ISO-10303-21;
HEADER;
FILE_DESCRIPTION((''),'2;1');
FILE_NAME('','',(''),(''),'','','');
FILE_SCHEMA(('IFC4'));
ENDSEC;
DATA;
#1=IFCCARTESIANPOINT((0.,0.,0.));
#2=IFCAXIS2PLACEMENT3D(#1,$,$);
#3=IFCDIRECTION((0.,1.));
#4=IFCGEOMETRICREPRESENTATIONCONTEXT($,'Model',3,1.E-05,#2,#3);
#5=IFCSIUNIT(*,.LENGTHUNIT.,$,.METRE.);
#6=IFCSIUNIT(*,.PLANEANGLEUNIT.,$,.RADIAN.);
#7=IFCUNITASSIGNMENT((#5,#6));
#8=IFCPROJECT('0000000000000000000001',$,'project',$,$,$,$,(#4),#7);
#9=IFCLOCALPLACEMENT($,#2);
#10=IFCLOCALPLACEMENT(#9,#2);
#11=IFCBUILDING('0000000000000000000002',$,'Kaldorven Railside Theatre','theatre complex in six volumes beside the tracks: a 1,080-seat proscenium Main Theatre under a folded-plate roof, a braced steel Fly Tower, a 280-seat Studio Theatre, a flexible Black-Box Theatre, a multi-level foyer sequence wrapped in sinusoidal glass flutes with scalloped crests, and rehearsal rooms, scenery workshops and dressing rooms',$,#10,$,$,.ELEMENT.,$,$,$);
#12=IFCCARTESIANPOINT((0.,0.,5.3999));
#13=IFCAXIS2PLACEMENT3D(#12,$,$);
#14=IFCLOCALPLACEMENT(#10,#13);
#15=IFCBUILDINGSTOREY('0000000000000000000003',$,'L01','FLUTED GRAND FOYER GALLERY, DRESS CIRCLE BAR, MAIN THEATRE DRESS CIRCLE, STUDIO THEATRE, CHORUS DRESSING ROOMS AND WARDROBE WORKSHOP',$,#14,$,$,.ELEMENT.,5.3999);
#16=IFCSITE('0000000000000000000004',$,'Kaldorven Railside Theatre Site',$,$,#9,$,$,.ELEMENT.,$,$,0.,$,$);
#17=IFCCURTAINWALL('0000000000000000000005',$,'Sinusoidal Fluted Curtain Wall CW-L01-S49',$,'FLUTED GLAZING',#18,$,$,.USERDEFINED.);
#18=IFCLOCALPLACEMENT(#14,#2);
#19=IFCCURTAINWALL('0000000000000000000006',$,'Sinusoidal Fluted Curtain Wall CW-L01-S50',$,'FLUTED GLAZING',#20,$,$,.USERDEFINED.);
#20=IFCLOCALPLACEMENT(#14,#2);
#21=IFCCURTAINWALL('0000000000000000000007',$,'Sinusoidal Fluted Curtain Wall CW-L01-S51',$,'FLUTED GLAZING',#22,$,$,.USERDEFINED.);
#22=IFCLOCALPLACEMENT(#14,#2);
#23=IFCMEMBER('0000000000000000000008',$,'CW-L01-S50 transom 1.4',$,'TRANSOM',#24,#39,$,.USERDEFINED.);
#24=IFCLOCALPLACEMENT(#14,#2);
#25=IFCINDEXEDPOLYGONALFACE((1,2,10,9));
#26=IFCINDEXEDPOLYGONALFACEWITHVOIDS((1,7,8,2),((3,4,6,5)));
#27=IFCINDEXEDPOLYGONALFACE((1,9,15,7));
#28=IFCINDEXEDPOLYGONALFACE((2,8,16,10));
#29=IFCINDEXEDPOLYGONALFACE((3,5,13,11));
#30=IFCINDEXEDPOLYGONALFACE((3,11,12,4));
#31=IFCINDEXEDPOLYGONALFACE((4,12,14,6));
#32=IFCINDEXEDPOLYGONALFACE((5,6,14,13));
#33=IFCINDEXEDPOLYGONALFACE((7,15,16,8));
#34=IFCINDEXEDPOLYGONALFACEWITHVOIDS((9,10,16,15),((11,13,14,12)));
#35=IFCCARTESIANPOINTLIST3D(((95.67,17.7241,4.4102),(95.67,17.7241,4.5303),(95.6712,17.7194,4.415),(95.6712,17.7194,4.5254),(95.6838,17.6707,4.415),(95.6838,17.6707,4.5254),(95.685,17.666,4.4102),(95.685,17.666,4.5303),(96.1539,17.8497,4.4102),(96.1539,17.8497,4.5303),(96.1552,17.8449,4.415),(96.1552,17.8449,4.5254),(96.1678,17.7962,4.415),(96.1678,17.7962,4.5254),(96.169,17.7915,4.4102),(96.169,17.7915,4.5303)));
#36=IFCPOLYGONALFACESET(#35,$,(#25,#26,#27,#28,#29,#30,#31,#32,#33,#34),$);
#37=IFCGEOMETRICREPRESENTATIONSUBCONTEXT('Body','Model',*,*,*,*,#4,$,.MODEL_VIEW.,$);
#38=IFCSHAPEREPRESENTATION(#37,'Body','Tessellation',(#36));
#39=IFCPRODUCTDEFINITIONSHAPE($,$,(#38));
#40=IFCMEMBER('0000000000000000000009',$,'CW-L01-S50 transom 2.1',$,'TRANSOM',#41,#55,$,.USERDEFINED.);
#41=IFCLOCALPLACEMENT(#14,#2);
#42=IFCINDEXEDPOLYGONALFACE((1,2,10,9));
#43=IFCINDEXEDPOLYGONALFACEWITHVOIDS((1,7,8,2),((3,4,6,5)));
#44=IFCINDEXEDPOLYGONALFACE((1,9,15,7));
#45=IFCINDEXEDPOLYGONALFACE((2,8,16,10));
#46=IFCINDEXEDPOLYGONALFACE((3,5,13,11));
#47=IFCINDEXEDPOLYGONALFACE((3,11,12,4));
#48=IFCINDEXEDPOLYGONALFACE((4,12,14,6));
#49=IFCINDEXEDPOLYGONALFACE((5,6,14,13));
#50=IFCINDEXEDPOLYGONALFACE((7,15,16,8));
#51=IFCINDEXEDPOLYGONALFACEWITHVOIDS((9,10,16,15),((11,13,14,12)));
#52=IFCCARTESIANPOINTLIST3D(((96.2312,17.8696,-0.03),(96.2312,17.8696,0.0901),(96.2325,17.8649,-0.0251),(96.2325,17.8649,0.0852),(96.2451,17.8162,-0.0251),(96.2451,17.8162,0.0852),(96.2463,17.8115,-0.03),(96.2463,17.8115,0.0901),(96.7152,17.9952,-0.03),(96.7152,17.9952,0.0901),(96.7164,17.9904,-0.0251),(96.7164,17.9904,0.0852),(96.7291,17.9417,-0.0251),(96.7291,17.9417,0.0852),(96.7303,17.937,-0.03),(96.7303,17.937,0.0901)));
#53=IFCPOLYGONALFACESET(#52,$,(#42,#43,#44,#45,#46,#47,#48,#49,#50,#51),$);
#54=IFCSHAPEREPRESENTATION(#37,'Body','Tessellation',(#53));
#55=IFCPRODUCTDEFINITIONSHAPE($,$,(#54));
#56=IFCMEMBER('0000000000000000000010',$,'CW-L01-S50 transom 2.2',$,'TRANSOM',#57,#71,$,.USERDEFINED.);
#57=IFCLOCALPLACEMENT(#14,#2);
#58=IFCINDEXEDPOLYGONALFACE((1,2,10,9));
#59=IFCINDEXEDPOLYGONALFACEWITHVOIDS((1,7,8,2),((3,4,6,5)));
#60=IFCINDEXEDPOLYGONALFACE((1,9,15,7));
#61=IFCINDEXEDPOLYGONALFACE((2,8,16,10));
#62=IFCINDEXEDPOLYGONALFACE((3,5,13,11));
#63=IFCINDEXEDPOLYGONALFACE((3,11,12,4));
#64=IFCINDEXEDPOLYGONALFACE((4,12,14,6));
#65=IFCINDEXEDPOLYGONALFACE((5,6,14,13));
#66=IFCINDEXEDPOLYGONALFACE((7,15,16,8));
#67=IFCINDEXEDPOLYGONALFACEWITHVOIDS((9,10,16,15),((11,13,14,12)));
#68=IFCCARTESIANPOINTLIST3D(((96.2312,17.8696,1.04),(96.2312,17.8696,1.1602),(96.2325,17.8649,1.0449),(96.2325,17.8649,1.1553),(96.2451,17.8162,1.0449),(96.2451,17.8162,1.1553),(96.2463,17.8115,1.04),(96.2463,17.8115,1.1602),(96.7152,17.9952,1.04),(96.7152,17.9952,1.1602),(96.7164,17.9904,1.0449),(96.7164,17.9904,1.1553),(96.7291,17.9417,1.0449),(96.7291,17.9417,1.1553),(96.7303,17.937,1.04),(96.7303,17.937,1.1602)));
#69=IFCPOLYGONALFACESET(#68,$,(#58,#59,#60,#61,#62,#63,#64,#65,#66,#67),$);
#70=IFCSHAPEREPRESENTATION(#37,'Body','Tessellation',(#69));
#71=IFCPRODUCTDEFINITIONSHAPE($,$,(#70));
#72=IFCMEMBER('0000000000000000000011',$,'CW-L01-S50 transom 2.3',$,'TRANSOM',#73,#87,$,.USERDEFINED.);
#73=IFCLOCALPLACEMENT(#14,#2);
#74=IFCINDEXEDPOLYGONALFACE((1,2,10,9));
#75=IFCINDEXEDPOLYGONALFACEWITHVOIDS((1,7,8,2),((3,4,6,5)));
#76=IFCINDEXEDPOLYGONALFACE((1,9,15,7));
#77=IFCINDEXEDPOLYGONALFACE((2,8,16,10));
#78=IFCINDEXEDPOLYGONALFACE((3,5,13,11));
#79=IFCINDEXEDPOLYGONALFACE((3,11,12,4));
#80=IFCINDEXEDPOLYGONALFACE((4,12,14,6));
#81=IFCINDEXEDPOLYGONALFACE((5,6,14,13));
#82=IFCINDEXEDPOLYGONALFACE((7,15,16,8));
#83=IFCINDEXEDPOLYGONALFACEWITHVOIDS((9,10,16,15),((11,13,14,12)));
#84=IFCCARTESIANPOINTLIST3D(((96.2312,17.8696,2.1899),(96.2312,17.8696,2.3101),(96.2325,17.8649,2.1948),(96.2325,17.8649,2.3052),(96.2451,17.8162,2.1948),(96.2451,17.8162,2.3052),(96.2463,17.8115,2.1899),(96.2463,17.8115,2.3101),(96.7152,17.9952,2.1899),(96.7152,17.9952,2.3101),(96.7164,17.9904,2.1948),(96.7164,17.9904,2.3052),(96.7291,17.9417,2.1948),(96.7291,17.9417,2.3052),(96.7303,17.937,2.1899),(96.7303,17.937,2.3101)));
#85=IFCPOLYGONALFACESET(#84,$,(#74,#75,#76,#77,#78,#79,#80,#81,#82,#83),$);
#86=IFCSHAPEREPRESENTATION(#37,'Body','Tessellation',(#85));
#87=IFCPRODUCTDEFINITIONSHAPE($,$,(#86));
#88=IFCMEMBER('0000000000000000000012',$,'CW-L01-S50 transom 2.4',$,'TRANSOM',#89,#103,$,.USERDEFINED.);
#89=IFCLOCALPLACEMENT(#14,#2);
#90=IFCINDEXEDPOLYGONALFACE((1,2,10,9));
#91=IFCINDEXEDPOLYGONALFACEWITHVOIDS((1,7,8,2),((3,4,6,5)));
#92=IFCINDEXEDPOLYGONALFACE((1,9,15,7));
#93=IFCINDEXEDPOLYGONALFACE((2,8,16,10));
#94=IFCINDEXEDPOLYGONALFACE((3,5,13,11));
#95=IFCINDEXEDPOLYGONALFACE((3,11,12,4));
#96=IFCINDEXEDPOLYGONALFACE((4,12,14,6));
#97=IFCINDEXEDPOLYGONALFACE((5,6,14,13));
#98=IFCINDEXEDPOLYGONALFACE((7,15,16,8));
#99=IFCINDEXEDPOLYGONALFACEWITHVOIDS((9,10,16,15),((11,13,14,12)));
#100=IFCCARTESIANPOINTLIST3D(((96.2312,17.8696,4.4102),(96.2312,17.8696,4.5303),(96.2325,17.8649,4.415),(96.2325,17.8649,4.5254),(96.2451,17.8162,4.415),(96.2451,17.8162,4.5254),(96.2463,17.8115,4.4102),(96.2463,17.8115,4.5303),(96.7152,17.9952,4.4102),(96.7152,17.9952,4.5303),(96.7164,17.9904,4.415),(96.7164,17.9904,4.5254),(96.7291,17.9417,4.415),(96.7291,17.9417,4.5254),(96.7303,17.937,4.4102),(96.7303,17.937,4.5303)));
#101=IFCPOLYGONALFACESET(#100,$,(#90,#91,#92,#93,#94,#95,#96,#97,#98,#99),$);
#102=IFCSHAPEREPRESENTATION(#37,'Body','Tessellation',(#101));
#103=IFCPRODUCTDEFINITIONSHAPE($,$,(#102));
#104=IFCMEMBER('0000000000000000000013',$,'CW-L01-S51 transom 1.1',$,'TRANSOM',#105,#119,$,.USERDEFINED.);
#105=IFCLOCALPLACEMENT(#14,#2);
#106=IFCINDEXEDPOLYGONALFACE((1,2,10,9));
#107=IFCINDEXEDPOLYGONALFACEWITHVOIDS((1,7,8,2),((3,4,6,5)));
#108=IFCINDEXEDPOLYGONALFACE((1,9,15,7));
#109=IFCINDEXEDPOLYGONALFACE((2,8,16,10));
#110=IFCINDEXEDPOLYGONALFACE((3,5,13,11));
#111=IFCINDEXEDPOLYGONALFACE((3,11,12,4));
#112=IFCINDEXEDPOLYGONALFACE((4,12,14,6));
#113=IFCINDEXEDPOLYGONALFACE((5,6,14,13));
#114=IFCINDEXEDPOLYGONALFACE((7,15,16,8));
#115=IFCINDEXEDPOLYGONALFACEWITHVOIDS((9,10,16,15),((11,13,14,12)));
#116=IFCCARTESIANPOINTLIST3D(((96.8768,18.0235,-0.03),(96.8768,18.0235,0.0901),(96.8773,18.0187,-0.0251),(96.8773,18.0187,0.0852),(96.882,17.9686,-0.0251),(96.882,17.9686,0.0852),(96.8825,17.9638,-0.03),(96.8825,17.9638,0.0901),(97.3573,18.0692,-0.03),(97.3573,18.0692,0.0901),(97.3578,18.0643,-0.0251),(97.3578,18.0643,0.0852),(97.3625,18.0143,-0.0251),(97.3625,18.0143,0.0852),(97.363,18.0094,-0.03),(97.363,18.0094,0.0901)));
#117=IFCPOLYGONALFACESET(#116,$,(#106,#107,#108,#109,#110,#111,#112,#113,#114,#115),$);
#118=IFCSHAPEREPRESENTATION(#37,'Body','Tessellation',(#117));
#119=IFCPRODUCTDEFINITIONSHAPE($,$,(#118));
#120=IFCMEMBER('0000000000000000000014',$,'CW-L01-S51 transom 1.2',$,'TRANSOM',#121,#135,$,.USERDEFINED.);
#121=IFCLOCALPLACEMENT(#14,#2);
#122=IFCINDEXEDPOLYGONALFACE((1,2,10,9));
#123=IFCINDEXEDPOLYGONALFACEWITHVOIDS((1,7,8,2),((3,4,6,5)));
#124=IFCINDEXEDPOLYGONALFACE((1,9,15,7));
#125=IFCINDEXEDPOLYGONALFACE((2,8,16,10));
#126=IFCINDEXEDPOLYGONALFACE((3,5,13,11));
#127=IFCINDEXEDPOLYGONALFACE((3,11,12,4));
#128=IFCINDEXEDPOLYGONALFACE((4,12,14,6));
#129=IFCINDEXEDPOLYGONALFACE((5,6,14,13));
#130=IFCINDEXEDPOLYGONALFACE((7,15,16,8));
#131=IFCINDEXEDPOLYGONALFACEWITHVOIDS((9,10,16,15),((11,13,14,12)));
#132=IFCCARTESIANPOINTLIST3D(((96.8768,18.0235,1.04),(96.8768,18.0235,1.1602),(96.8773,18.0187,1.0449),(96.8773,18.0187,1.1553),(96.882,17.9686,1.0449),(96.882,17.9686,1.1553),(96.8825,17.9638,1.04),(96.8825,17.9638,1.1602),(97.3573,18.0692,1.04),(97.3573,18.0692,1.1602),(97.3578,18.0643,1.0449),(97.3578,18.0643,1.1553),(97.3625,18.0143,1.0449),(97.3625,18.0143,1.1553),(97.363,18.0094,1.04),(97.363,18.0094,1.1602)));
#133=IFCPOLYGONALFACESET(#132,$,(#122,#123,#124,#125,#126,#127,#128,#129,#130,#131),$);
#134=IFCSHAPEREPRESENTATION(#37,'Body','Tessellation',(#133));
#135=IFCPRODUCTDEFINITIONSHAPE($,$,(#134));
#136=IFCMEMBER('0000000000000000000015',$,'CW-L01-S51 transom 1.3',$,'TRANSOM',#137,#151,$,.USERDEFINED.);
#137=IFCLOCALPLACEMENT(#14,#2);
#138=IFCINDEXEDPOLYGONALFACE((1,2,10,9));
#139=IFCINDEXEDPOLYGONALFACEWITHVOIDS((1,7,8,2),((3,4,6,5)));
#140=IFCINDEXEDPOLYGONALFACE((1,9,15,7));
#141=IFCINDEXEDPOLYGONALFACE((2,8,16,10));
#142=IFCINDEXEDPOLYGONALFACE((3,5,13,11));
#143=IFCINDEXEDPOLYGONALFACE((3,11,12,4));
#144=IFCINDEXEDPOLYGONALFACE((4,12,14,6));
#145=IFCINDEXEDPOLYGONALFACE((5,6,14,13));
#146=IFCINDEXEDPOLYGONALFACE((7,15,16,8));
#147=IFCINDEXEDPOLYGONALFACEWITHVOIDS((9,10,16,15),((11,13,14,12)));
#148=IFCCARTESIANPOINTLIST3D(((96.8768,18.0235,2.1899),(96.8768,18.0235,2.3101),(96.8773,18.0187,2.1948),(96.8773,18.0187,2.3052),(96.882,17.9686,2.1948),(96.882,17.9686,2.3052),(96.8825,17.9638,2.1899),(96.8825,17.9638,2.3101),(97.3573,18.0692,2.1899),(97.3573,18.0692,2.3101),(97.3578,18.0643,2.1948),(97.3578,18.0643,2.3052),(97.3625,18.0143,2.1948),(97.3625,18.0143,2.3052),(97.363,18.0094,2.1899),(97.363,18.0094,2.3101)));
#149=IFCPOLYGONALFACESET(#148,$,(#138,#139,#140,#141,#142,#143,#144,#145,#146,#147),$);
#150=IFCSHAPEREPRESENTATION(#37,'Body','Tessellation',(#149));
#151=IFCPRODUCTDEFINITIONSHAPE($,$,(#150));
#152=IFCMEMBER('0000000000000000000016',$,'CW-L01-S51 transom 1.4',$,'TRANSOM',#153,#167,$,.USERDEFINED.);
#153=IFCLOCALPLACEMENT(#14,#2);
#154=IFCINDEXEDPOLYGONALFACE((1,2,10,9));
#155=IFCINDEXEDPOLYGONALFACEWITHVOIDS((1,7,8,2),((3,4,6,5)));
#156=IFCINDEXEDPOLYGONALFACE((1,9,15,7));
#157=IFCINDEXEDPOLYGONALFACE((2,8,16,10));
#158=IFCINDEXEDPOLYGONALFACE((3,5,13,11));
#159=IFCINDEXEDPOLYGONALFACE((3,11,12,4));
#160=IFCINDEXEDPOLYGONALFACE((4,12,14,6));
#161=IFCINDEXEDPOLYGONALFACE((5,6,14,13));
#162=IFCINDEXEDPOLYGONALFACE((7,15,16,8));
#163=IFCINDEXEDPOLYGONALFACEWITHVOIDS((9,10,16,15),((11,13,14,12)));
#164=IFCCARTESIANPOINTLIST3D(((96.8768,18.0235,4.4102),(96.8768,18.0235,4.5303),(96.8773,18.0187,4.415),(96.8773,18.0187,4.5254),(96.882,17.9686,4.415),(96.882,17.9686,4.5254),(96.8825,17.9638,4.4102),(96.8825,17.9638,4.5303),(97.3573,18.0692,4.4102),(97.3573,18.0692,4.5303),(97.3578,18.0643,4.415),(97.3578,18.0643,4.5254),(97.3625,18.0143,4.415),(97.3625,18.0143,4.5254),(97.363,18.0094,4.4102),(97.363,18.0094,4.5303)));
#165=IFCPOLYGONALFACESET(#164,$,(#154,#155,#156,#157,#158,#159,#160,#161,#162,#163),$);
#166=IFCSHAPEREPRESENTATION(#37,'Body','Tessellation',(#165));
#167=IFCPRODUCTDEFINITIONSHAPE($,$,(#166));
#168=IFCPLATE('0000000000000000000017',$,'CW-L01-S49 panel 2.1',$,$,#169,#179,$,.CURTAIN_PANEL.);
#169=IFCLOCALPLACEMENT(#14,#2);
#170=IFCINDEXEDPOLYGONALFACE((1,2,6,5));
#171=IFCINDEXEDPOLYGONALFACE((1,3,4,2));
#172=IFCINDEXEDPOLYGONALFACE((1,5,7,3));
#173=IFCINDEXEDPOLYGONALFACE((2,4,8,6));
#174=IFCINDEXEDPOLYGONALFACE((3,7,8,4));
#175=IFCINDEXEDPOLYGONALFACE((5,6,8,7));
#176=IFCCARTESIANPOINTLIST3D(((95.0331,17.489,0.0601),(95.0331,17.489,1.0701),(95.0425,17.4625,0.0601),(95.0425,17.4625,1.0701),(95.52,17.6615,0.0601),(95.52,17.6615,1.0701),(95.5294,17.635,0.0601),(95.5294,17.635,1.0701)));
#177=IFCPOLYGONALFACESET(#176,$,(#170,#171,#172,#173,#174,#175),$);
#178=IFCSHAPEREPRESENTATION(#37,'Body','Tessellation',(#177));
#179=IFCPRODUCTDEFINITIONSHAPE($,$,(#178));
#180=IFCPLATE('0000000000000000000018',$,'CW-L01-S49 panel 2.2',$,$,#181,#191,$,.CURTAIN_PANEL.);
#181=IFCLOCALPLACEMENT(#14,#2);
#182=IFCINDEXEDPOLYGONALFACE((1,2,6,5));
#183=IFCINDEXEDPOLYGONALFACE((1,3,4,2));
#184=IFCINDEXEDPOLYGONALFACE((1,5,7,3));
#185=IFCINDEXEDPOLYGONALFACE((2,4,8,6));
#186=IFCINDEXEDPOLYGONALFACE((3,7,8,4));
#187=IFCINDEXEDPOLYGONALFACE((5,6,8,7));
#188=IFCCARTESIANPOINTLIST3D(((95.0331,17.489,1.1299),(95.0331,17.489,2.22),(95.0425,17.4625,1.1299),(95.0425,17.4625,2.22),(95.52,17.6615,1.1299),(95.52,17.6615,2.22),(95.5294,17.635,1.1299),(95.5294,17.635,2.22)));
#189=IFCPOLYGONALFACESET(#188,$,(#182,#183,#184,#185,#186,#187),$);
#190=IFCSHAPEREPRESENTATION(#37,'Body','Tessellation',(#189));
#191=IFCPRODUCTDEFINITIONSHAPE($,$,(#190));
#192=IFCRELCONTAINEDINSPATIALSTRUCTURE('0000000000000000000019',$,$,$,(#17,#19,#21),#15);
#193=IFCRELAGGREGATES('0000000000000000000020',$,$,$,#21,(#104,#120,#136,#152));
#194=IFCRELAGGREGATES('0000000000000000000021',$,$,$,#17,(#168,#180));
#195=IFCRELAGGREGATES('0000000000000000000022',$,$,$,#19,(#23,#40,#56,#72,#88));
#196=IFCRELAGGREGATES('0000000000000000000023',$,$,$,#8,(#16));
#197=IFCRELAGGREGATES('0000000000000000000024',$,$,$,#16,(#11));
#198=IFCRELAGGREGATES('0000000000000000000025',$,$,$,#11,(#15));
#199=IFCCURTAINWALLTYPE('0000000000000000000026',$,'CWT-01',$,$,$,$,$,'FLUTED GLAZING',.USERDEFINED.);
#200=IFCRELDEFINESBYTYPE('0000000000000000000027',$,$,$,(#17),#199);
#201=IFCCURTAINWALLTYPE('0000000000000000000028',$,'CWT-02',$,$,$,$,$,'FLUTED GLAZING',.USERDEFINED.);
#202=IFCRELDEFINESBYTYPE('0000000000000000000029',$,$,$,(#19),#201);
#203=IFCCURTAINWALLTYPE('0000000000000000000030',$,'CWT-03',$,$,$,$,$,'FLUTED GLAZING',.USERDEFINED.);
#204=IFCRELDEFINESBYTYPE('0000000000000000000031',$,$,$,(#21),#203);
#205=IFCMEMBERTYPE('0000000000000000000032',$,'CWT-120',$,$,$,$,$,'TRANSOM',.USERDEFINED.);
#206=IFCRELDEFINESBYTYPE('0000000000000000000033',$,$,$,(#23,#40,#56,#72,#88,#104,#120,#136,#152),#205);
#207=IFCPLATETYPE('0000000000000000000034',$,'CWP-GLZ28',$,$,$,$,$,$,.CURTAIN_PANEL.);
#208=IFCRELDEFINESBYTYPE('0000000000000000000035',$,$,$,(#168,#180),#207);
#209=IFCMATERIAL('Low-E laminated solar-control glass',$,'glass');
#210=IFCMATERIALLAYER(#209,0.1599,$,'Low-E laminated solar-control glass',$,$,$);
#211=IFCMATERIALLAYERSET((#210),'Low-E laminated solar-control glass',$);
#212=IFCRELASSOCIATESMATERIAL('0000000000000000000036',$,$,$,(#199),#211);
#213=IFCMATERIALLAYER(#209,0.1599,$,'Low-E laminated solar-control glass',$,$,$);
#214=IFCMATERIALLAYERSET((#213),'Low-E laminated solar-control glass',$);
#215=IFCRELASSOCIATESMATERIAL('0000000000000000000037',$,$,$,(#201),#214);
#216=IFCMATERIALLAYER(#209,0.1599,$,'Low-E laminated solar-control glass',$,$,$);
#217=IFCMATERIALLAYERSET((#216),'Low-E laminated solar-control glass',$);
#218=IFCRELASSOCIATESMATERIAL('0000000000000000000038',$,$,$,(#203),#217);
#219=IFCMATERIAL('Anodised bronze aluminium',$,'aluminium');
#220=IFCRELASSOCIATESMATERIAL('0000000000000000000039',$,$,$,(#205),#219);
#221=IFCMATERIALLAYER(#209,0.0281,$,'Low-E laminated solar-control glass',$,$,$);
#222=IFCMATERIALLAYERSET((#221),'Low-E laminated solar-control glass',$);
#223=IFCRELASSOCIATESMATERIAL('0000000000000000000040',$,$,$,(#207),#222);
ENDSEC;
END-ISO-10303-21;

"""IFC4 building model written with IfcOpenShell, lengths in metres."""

from ifc_helpers import new_model, si_unit, direction, frame, origin, origin_2d, place, context, subcontext, project, spatial, rectangle, hollow_rectangle, extrude, material, layer, layer_set, material_profile, profile_set, type_object, element, aggregate, save


model = new_model("IFC4")

# Units and contexts
model_context = context("Model", 3, precision=1e-05, world=origin(), true_north=direction((0.0, 1.0)))
body_context = subcontext(model_context, "Body", "Model", "MODEL_VIEW")
ifc_project = project(units=[si_unit("LENGTHUNIT", "METRE"), si_unit("PLANEANGLEUNIT", "RADIAN")], contexts=[model_context])

# Site, building, storey
site_placement = place(None, origin())
site = spatial("IfcSite", under=ifc_project, at=site_placement, Name="Kaldorven Railside Theatre Site", CompositionType="ELEMENT", RefElevation=0.0)
building_placement = place(site_placement, origin())
building = spatial("IfcBuilding", under=site, at=building_placement, Name="Kaldorven Railside Theatre", Description="theatre complex in six volumes beside the tracks: a 1,080-seat proscenium Main Theatre under a folded-plate roof, a braced steel Fly Tower, a 280-seat Studio Theatre, a flexible Black-Box Theatre, a multi-level foyer sequence wrapped in sinusoidal glass flutes with scalloped crests, and rehearsal rooms, scenery workshops and dressing rooms", CompositionType="ELEMENT")
storey_placement = place(building_placement, frame((0.0, 0.0, 5.3999)))
storey = spatial("IfcBuildingStorey", under=building, at=storey_placement, Name="L01", Description="FLUTED GRAND FOYER GALLERY, DRESS CIRCLE BAR, MAIN THEATRE DRESS CIRCLE, STUDIO THEATRE, CHORUS DRESSING ROOMS AND WARDROBE WORKSHOP", CompositionType="ELEMENT", Elevation=5.3999)

# Curtain wall
ifc_material_1 = material(Name="Low-E laminated solar-control glass", Category="glass")
ifc_layer_1 = layer(ifc_material_1, 0.1599, Name="Low-E laminated solar-control glass")
ifc_layer_set_1 = layer_set([ifc_layer_1], Name="Low-E laminated solar-control glass")
curtain_wall_type_1 = type_object("IfcCurtainWallType", Name="CWT-01", ElementType="FLUTED GLAZING", PredefinedType="USERDEFINED", material=ifc_layer_set_1)
curtain_wall_1_placement = place(storey_placement, origin())
curtain_wall_1 = element("IfcCurtainWall", 1, at=curtain_wall_1_placement, inside=storey, type_object=curtain_wall_type_1, Name="Sinusoidal Fluted Curtain Wall CW-L01-S49", ObjectType="FLUTED GLAZING", PredefinedType="USERDEFINED")
ifc_material_2 = material(Name="Anodised bronze aluminium", Category="aluminium")

# Curtain wall
ifc_layer_2 = layer(ifc_material_1, 0.1599, Name="Low-E laminated solar-control glass")
ifc_layer_set_2 = layer_set([ifc_layer_2], Name="Low-E laminated solar-control glass")
curtain_wall_type_2 = type_object("IfcCurtainWallType", Name="CWT-02", ElementType="FLUTED GLAZING", PredefinedType="USERDEFINED", material=ifc_layer_set_2)
curtain_wall_2_placement = place(storey_placement, origin())
curtain_wall_2 = element("IfcCurtainWall", 2, at=curtain_wall_2_placement, inside=storey, type_object=curtain_wall_type_2, Name="Sinusoidal Fluted Curtain Wall CW-L01-S50", ObjectType="FLUTED GLAZING", PredefinedType="USERDEFINED")

# Curtain wall
ifc_layer_3 = layer(ifc_material_1, 0.1599, Name="Low-E laminated solar-control glass")
ifc_layer_set_3 = layer_set([ifc_layer_3], Name="Low-E laminated solar-control glass")
curtain_wall_type_3 = type_object("IfcCurtainWallType", Name="CWT-03", ElementType="FLUTED GLAZING", PredefinedType="USERDEFINED", material=ifc_layer_set_3)
curtain_wall_3_placement = place(storey_placement, origin())
curtain_wall_3 = element("IfcCurtainWall", 3, at=curtain_wall_3_placement, inside=storey, type_object=curtain_wall_type_3, Name="Sinusoidal Fluted Curtain Wall CW-L01-S51", ObjectType="FLUTED GLAZING", PredefinedType="USERDEFINED")

# Members
ifc_material_profile_1 = material_profile(ifc_material_2, hollow_rectangle(XDim=0.0601, YDim=0.1201, WallThickness=0.0049, at=origin_2d()), Name="RHS 120x60x5")
ifc_profile_set_1 = profile_set([ifc_material_profile_1], Name="Anodised bronze aluminium")
member_type_1 = type_object("IfcMemberType", Name="CWT-120", ElementType="TRANSOM", PredefinedType="USERDEFINED", material=ifc_profile_set_1)
member_1_placement = place(storey_placement, frame((95.6775, 17.6951, 4.4702), z_axis=(0.967979, 0.25103, 0.0), x_axis=(-0.25103, 0.967979, 0.0)))
member_1 = element("IfcMember", 4, at=member_1_placement, type_object=member_type_1, Name="CW-L01-S50 transom 1.4", ObjectType="TRANSOM", PredefinedType="USERDEFINED", context=body_context, shape_type="SweptSolid", body=[
    extrude(hollow_rectangle(XDim=0.0601, YDim=0.1201, WallThickness=0.0049, at=origin_2d()), origin(), (0.0, 0.0, 1.0), 0.5),
])
member_2_placement = place(storey_placement, frame((96.2388, 17.8406, 0.03), z_axis=(0.967979, 0.25103, 0.0), x_axis=(-0.25103, 0.967979, 0.0)))
member_2 = element("IfcMember", 5, at=member_2_placement, type_object=member_type_1, Name="CW-L01-S50 transom 2.1", ObjectType="TRANSOM", PredefinedType="USERDEFINED", context=body_context, shape_type="SweptSolid", body=[
    extrude(hollow_rectangle(XDim=0.0601, YDim=0.1201, WallThickness=0.0049, at=origin_2d()), origin(), (0.0, 0.0, 1.0), 0.5),
])
member_3_placement = place(storey_placement, frame((96.2388, 17.8406, 1.1001), z_axis=(0.967979, 0.25103, 0.0), x_axis=(-0.25103, 0.967979, 0.0)))
member_3 = element("IfcMember", 6, at=member_3_placement, type_object=member_type_1, Name="CW-L01-S50 transom 2.2", ObjectType="TRANSOM", PredefinedType="USERDEFINED", context=body_context, shape_type="SweptSolid", body=[
    extrude(hollow_rectangle(XDim=0.0601, YDim=0.1201, WallThickness=0.0049, at=origin_2d()), origin(), (0.0, 0.0, 1.0), 0.5),
])
member_4_placement = place(storey_placement, frame((96.2388, 17.8406, 2.25), z_axis=(0.967979, 0.25103, 0.0), x_axis=(-0.25103, 0.967979, 0.0)))
member_4 = element("IfcMember", 7, at=member_4_placement, type_object=member_type_1, Name="CW-L01-S50 transom 2.3", ObjectType="TRANSOM", PredefinedType="USERDEFINED", context=body_context, shape_type="SweptSolid", body=[
    extrude(hollow_rectangle(XDim=0.0601, YDim=0.1201, WallThickness=0.0049, at=origin_2d()), origin(), (0.0, 0.0, 1.0), 0.5),
])
member_5_placement = place(storey_placement, frame((96.2388, 17.8406, 4.4702), z_axis=(0.967979, 0.25103, 0.0), x_axis=(-0.25103, 0.967979, 0.0)))
member_5 = element("IfcMember", 8, at=member_5_placement, type_object=member_type_1, Name="CW-L01-S50 transom 2.4", ObjectType="TRANSOM", PredefinedType="USERDEFINED", context=body_context, shape_type="SweptSolid", body=[
    extrude(hollow_rectangle(XDim=0.0601, YDim=0.1201, WallThickness=0.0049, at=origin_2d()), origin(), (0.0, 0.0, 1.0), 0.5),
])
member_6_placement = place(storey_placement, frame((96.8796, 17.9937, 0.03), z_axis=(0.995516, 0.094594, 0.0), x_axis=(-0.094594, 0.995516, 0.0)))
member_6 = element("IfcMember", 9, at=member_6_placement, type_object=member_type_1, Name="CW-L01-S51 transom 1.1", ObjectType="TRANSOM", PredefinedType="USERDEFINED", context=body_context, shape_type="SweptSolid", body=[
    extrude(hollow_rectangle(XDim=0.0601, YDim=0.1201, WallThickness=0.0049, at=origin_2d()), origin(), (0.0, 0.0, 1.0), 0.4827),
])
member_7_placement = place(storey_placement, frame((96.8796, 17.9937, 1.1001), z_axis=(0.995516, 0.094594, 0.0), x_axis=(-0.094594, 0.995516, 0.0)))
member_7 = element("IfcMember", 10, at=member_7_placement, type_object=member_type_1, Name="CW-L01-S51 transom 1.2", ObjectType="TRANSOM", PredefinedType="USERDEFINED", context=body_context, shape_type="SweptSolid", body=[
    extrude(hollow_rectangle(XDim=0.0601, YDim=0.1201, WallThickness=0.0049, at=origin_2d()), origin(), (0.0, 0.0, 1.0), 0.4827),
])
member_8_placement = place(storey_placement, frame((96.8796, 17.9937, 2.25), z_axis=(0.995516, 0.094594, 0.0), x_axis=(-0.094594, 0.995516, 0.0)))
member_8 = element("IfcMember", 11, at=member_8_placement, type_object=member_type_1, Name="CW-L01-S51 transom 1.3", ObjectType="TRANSOM", PredefinedType="USERDEFINED", context=body_context, shape_type="SweptSolid", body=[
    extrude(hollow_rectangle(XDim=0.0601, YDim=0.1201, WallThickness=0.0049, at=origin_2d()), origin(), (0.0, 0.0, 1.0), 0.4827),
])
member_9_placement = place(storey_placement, frame((96.8796, 17.9937, 4.4702), z_axis=(0.995516, 0.094594, 0.0), x_axis=(-0.094594, 0.995516, 0.0)))
member_9 = element("IfcMember", 12, at=member_9_placement, type_object=member_type_1, Name="CW-L01-S51 transom 1.4", ObjectType="TRANSOM", PredefinedType="USERDEFINED", context=body_context, shape_type="SweptSolid", body=[
    extrude(hollow_rectangle(XDim=0.0601, YDim=0.1201, WallThickness=0.0049, at=origin_2d()), origin(), (0.0, 0.0, 1.0), 0.4827),
])
aggregate(curtain_wall_3, [member_6, member_7, member_8, member_9])

# Plates
ifc_layer_4 = layer(ifc_material_1, 0.0281, Name="Low-E laminated solar-control glass")
ifc_layer_set_4 = layer_set([ifc_layer_4], Name="Low-E laminated solar-control glass")
plate_type = type_object("IfcPlateType", Name="CWP-GLZ28", PredefinedType="CURTAIN_PANEL", material=ifc_layer_set_4)
plate_1_placement = place(storey_placement, frame((95.2812, 17.562, 0.0601), z_axis=(0.0, 0.0, 1.0), x_axis=(0.942627, 0.333847, 0.0)))
plate_1 = element("IfcPlate", 13, at=plate_1_placement, type_object=plate_type, Name="CW-L01-S49 panel 2.1", PredefinedType="CURTAIN_PANEL", context=body_context, shape_type="SweptSolid", body=[
    extrude(rectangle(XDim=0.5166, YDim=0.0281, at=origin_2d()), origin(), (0.0, 0.0, 1.0), 1.01),
])
plate_2_placement = place(storey_placement, frame((95.2812, 17.562, 1.1299), z_axis=(0.0, 0.0, 1.0), x_axis=(0.942627, 0.333847, 0.0)))
plate_2 = element("IfcPlate", 14, at=plate_2_placement, type_object=plate_type, Name="CW-L01-S49 panel 2.2", PredefinedType="CURTAIN_PANEL", context=body_context, shape_type="SweptSolid", body=[
    extrude(rectangle(XDim=0.5166, YDim=0.0281, at=origin_2d()), origin(), (0.0, 0.0, 1.0), 1.0901),
])
aggregate(curtain_wall_1, [plate_1, plate_2])
aggregate(curtain_wall_2, [member_1, member_2, member_3, member_4, member_5])

save(model, "model.ifc")
